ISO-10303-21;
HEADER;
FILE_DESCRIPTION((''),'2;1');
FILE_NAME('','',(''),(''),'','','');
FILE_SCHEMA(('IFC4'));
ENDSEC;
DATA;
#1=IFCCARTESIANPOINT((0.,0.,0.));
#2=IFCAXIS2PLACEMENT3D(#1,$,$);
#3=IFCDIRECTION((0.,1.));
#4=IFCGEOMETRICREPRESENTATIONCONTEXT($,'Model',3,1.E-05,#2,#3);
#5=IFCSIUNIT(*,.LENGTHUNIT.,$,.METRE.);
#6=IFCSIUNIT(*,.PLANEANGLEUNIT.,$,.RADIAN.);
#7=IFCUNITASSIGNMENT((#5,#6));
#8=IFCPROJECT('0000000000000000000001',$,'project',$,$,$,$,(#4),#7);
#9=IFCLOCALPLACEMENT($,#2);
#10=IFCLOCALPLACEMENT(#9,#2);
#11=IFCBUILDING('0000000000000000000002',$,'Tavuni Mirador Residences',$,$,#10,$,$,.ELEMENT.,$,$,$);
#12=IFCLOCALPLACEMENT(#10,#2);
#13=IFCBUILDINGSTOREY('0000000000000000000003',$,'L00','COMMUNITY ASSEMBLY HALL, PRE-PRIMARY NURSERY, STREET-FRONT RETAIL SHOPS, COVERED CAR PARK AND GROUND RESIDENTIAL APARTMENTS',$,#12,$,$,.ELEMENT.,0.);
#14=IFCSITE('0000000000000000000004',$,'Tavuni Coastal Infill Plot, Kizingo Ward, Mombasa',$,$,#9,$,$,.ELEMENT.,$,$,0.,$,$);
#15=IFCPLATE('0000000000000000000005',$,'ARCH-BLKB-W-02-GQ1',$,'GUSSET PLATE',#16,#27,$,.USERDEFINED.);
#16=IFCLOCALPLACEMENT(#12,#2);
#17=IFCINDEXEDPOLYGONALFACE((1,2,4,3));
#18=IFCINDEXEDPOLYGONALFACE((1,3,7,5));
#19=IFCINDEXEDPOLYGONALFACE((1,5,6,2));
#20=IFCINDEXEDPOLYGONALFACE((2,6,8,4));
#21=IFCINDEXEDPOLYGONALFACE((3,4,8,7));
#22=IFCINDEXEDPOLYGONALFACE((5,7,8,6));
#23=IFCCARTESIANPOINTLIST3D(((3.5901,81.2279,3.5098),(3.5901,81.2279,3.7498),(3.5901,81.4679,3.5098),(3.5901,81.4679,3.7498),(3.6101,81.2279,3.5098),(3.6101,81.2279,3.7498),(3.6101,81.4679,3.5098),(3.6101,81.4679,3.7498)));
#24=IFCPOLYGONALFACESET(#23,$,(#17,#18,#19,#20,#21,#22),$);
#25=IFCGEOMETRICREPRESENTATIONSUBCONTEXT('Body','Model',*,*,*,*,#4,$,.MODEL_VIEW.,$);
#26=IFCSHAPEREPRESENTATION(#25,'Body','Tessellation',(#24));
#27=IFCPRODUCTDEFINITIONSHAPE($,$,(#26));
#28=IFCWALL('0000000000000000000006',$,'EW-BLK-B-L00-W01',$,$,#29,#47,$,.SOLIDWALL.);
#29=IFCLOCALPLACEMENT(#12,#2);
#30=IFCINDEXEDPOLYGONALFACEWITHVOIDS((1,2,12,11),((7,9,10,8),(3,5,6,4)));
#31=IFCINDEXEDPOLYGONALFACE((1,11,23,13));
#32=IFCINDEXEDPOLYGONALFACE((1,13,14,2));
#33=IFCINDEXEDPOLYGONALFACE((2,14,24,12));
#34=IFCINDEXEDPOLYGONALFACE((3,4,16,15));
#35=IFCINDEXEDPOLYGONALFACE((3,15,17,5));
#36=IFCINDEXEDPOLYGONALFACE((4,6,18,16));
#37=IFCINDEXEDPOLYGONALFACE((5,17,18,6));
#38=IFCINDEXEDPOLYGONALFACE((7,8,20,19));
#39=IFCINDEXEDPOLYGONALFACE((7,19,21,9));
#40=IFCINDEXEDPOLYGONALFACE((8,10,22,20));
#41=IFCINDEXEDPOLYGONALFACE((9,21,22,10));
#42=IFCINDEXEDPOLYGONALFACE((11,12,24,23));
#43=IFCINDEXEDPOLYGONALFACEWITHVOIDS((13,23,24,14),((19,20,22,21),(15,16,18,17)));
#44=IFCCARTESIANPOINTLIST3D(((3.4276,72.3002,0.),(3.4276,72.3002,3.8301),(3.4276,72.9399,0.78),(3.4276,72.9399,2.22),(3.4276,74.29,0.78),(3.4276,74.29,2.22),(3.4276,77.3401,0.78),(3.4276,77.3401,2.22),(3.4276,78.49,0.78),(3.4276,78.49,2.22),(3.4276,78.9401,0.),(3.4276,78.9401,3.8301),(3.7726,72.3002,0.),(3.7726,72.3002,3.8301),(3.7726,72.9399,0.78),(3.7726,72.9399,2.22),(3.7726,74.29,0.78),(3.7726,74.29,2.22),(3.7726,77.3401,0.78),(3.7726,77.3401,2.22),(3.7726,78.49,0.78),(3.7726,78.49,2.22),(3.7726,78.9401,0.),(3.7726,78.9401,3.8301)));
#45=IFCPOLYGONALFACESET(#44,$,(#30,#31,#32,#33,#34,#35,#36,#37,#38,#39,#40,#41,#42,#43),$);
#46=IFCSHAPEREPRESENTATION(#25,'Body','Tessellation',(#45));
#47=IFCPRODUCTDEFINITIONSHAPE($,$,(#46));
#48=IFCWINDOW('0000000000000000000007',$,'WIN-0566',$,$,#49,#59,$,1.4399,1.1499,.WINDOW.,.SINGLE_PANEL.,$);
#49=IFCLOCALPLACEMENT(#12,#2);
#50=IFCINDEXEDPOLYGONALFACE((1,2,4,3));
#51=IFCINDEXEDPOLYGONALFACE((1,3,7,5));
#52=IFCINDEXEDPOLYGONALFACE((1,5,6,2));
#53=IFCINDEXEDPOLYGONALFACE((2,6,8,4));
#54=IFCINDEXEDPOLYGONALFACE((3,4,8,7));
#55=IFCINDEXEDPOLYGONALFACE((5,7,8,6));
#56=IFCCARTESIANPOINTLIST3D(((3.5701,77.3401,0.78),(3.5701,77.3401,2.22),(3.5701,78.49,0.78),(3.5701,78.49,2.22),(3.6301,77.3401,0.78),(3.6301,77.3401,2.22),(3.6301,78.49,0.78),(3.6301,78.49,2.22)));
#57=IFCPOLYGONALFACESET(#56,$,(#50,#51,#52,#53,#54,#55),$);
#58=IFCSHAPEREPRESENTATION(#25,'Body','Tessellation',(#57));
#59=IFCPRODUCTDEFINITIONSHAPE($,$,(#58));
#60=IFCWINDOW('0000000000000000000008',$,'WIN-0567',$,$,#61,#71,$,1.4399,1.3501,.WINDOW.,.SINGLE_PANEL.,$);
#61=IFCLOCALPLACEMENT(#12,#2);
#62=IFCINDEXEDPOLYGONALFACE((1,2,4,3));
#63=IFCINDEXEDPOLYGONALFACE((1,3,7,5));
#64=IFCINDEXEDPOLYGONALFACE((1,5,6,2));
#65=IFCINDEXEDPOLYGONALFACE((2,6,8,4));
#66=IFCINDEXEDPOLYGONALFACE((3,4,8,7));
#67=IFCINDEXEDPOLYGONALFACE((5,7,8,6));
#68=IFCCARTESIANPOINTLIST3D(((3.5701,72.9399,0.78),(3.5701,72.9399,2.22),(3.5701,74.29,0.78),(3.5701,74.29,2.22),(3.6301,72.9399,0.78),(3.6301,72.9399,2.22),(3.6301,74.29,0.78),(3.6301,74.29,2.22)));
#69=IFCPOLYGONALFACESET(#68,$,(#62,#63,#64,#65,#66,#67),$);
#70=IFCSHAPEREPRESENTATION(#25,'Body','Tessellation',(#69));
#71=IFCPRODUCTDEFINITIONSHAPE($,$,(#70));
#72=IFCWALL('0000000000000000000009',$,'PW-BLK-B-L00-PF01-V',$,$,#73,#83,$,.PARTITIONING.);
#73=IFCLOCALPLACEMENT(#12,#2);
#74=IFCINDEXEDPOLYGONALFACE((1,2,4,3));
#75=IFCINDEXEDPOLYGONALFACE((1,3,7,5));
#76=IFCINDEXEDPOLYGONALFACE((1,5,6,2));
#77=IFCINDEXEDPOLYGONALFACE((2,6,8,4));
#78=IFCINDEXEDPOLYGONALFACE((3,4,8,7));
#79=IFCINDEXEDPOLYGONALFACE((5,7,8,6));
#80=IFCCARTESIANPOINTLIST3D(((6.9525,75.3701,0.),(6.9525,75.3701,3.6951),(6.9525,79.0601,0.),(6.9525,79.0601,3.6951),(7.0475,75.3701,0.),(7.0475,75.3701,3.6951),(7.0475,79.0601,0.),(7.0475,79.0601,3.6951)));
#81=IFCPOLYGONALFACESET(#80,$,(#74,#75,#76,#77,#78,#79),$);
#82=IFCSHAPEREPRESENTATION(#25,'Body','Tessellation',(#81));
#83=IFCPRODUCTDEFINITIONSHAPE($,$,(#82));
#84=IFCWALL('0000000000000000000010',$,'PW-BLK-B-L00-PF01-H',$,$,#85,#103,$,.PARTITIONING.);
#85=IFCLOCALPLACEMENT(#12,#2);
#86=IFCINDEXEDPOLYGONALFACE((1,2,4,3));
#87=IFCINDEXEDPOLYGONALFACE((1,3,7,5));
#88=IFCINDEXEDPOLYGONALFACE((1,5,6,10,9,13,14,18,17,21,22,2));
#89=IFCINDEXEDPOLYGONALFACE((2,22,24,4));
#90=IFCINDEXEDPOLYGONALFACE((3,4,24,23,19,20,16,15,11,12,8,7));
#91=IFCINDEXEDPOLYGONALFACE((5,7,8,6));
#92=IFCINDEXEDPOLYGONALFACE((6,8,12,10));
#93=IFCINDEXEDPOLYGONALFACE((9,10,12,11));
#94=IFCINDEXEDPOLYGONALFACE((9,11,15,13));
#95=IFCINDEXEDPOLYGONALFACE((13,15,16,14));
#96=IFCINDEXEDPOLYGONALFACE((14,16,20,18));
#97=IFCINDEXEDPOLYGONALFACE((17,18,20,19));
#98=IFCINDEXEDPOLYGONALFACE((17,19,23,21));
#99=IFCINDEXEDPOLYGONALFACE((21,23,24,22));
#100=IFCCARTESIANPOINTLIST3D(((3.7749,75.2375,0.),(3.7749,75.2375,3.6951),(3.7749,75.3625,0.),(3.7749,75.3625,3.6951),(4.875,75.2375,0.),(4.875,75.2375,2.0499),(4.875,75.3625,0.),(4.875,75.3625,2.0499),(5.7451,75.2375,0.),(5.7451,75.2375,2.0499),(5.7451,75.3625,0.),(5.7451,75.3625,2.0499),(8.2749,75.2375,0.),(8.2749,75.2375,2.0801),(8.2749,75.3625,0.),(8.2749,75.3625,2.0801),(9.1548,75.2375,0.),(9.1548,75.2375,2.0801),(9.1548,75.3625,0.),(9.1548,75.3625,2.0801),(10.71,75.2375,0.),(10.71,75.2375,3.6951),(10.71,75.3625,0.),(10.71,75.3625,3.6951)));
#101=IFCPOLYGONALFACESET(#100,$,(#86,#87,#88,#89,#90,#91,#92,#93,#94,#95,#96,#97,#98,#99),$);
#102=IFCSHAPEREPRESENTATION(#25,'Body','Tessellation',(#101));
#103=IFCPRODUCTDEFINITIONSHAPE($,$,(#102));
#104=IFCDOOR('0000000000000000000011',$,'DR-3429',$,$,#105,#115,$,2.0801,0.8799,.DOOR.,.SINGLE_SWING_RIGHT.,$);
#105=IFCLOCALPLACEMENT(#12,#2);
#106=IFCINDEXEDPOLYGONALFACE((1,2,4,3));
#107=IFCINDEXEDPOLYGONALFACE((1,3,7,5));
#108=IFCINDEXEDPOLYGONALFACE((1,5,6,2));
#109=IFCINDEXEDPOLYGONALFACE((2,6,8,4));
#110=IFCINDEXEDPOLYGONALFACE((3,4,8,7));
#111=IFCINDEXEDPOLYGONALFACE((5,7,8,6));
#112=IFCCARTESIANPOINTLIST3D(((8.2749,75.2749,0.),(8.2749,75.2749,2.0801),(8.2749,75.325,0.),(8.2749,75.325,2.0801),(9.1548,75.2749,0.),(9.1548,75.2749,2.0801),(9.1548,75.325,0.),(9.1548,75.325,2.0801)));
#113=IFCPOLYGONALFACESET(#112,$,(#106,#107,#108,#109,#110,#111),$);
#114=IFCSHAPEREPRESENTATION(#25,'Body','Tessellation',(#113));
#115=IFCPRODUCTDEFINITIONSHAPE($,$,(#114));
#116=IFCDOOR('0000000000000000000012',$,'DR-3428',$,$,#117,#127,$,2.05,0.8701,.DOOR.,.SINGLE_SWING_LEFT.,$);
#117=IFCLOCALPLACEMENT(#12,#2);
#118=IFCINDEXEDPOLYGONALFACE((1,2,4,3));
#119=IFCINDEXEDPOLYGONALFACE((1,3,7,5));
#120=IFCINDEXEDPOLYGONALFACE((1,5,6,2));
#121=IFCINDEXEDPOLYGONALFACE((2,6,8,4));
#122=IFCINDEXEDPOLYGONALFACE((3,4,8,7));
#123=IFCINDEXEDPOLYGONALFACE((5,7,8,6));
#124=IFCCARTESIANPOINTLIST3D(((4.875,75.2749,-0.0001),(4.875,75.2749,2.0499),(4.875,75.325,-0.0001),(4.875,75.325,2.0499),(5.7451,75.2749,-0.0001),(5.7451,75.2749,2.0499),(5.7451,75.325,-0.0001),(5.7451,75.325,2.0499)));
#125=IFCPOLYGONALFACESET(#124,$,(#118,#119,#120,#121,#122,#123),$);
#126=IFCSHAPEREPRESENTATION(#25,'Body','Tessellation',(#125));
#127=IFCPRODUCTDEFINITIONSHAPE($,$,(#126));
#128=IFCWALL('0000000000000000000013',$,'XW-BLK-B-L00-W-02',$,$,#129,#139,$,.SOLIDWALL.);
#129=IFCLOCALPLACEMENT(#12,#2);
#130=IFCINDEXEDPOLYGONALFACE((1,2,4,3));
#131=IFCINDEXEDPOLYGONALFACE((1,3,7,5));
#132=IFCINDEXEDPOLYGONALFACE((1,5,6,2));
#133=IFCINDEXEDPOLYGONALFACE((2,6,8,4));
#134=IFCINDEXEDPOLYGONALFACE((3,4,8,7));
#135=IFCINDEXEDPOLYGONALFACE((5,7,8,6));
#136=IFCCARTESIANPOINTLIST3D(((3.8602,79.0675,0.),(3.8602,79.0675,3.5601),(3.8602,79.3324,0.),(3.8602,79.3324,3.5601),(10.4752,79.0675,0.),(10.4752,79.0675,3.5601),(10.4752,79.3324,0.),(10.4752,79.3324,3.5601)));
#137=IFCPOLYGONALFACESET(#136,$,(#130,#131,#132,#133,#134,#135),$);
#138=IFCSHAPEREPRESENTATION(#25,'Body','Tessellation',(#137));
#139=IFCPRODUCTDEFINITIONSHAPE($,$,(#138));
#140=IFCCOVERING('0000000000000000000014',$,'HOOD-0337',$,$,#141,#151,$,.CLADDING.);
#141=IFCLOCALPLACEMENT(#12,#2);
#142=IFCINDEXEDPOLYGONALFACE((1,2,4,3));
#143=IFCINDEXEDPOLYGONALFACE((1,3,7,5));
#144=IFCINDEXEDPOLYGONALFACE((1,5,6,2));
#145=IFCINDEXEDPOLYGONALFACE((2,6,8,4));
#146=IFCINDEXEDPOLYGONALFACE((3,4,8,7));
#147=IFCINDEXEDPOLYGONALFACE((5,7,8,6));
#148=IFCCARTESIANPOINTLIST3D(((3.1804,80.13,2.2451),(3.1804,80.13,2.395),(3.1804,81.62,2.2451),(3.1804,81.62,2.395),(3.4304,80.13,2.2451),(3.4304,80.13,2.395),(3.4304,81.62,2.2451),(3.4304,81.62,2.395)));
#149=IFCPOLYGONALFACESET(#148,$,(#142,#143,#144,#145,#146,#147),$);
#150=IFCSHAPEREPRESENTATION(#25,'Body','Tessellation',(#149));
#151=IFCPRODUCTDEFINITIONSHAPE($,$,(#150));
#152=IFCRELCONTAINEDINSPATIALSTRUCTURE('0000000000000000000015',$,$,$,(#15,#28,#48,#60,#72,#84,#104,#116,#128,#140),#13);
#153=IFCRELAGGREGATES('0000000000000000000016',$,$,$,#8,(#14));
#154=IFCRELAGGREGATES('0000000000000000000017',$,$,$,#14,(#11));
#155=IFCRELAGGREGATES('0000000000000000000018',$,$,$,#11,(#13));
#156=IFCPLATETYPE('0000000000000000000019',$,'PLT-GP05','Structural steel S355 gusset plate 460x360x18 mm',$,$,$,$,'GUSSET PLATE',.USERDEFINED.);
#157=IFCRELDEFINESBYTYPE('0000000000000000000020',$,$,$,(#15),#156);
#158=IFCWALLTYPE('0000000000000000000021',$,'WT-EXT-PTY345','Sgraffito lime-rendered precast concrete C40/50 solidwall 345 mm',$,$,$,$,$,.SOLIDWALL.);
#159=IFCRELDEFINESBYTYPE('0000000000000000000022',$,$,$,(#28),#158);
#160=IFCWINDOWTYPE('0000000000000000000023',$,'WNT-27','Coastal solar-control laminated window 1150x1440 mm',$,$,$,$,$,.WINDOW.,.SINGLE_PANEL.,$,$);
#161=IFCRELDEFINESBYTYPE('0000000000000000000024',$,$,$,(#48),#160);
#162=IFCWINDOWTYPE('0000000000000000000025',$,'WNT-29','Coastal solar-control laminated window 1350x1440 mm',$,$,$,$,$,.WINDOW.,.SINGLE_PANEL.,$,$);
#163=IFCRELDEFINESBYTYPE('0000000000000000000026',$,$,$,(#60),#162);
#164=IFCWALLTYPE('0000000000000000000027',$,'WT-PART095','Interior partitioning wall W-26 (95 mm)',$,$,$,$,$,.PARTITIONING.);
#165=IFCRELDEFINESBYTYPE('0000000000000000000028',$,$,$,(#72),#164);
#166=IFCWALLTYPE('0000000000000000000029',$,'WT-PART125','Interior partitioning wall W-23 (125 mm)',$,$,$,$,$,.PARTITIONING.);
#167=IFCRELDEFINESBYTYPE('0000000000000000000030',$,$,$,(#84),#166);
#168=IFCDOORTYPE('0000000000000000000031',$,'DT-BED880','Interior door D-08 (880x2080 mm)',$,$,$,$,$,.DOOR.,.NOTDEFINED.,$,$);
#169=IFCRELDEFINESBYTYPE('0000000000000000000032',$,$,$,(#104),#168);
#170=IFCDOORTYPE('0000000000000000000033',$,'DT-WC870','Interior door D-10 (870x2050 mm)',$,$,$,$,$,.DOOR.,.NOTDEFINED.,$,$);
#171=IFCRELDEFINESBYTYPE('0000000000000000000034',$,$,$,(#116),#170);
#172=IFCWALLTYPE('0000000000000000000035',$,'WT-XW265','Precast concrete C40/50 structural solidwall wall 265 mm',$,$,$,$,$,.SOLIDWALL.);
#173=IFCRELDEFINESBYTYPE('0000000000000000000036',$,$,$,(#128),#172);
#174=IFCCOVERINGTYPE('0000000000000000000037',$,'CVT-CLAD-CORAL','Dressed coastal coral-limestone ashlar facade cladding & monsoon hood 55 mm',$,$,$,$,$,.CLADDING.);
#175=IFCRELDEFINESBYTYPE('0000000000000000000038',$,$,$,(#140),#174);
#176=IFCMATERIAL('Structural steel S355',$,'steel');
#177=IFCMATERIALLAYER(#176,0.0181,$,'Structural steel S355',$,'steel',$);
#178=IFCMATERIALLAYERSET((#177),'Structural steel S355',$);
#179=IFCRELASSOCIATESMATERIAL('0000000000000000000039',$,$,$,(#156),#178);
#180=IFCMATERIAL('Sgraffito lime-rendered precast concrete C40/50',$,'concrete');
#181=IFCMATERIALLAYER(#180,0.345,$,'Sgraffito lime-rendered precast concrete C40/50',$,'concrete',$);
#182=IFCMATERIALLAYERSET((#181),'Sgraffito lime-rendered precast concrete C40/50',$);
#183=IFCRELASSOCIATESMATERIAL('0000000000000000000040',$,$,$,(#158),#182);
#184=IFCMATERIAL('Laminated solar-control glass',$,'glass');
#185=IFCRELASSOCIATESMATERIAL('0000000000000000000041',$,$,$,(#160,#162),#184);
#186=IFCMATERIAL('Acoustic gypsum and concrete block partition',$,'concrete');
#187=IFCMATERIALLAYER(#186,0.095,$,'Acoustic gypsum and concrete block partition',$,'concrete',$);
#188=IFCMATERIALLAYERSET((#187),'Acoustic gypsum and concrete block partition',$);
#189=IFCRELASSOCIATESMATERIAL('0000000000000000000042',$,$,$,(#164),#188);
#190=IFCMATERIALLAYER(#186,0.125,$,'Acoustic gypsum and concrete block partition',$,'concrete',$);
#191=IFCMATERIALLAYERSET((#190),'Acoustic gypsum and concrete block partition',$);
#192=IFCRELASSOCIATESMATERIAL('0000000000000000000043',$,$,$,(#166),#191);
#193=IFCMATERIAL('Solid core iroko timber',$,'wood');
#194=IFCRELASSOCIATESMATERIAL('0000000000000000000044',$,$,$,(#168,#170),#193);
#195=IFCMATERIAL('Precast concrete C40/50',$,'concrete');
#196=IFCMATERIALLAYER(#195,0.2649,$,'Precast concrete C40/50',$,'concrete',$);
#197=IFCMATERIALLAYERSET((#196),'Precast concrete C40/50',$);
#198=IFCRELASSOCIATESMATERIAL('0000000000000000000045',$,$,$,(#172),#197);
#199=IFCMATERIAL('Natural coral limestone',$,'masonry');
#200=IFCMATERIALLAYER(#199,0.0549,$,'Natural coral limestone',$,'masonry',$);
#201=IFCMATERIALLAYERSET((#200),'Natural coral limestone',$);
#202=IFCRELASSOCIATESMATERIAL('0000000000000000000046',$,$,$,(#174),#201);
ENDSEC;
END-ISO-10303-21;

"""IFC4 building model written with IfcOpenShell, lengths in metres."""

from ifc_helpers import new_model, si_unit, direction, frame, frame_2d, origin, origin_2d, place, context, subcontext, project, spatial, rectangle, extrude, material, layer, layer_set, type_object, element, fill, save


model = new_model("IFC4")

# Units and contexts
model_context = context("Model", 3, precision=1e-05, world=origin(), true_north=direction((0.0, 1.0)))
body_context = subcontext(model_context, "Body", "Model", "MODEL_VIEW")
ifc_project = project(units=[si_unit("LENGTHUNIT", "METRE"), si_unit("PLANEANGLEUNIT", "RADIAN")], contexts=[model_context])

# Site, building, storey
site_placement = place(None, origin())
site = spatial("IfcSite", under=ifc_project, at=site_placement, Name="Tavuni Coastal Infill Plot, Kizingo Ward, Mombasa", CompositionType="ELEMENT", RefElevation=0.0)
building_placement = place(site_placement, origin())
building = spatial("IfcBuilding", under=site, at=building_placement, Name="Tavuni Mirador Residences", CompositionType="ELEMENT")
storey_placement = place(building_placement, origin())
storey = spatial("IfcBuildingStorey", under=building, at=storey_placement, Name="L00", Description="COMMUNITY ASSEMBLY HALL, PRE-PRIMARY NURSERY, STREET-FRONT RETAIL SHOPS, COVERED CAR PARK AND GROUND RESIDENTIAL APARTMENTS", CompositionType="ELEMENT", Elevation=0.0)

# Shared definitions
ifc_material_1 = material(Name="Precast concrete C40/50", Category="concrete")

# Shared definitions
ifc_material_2 = material(Name="Structural steel S355", Category="steel")

# Plate
ifc_layer_1 = layer(ifc_material_2, 0.0181, Name="Structural steel S355", Category="steel")
ifc_layer_set_1 = layer_set([ifc_layer_1], Name="Structural steel S355")
plate_type = type_object("IfcPlateType", Name="PLT-GP05", Description="Structural steel S355 gusset plate 460x360x18 mm", ElementType="GUSSET PLATE", PredefinedType="USERDEFINED", material=ifc_layer_set_1)
for number, where, z_axis, x_axis, name in (
    (1, (3.6001, 81.3479, 3.5098), (0.0, 0.0, 1.0), (1.0, 0.0, 0.0), "ARCH-BLKB-W-02-GQ1"),
):
    element("IfcPlate", number, at=place(storey_placement, frame(where, z_axis=z_axis, x_axis=x_axis)), inside=storey, type_object=plate_type, Name=name, ObjectType="GUSSET PLATE", PredefinedType="USERDEFINED", context=body_context, shape_type="SweptSolid", body=[
        extrude(rectangle(XDim=0.02, YDim=0.24, at=origin_2d()), origin(), (0.0, 0.0, 1.0), 0.24),
    ])

# Wall, openings, windows
ifc_material_3 = material(Name="Sgraffito lime-rendered precast concrete C40/50", Category="concrete")
ifc_layer_2 = layer(ifc_material_3, 0.345, Name="Sgraffito lime-rendered precast concrete C40/50", Category="concrete")
ifc_layer_set_2 = layer_set([ifc_layer_2], Name="Sgraffito lime-rendered precast concrete C40/50")
wall_type_1 = type_object("IfcWallType", Name="WT-EXT-PTY345", Description="Sgraffito lime-rendered precast concrete C40/50 solidwall 345 mm", PredefinedType="SOLIDWALL", material=ifc_layer_set_2)
wall_1_placement = place(storey_placement, frame((3.6001, 78.9399, 0.0), z_axis=(0.0, 0.0, 1.0), x_axis=(0.0, -1.0, 0.0)))
wall_1 = element("IfcWall", 2, at=wall_1_placement, inside=storey, type_object=wall_type_1, Name="EW-BLK-B-L00-W01", PredefinedType="SOLIDWALL", context=body_context, shape_type="SweptSolid", body=[
    extrude(rectangle(XDim=6.6399, YDim=0.345, at=frame_2d((3.3198, 0.0))), origin(), (0.0, 0.0, 1.0), 3.8301),
])
opening_1_placement = place(wall_1_placement, frame((0.45, 0.0, 0.78)))
opening_1 = element("IfcOpeningElement", 3, at=opening_1_placement, cuts=wall_1, PredefinedType="OPENING", context=body_context, shape_type="SweptSolid", body=[
    extrude(rectangle(XDim=1.1499, YDim=1.4399, at=frame_2d((0.575, 0.72))), frame((0.0, 0.1826, 0.0), z_axis=(0.0, -1.0, 0.0), x_axis=(1.0, 0.0, 0.0)), (0.0, 0.0, 1.0), 0.365),
])
opening_2_placement = place(wall_1_placement, frame((4.6499, 0.0, 0.78)))
opening_2 = element("IfcOpeningElement", 4, at=opening_2_placement, cuts=wall_1, PredefinedType="OPENING", context=body_context, shape_type="SweptSolid", body=[
    extrude(rectangle(XDim=1.3501, YDim=1.4399, at=frame_2d((0.675, 0.72))), frame((0.0, 0.1826, 0.0), z_axis=(0.0, -1.0, 0.0), x_axis=(1.0, 0.0, 0.0)), (0.0, 0.0, 1.0), 0.365),
])
ifc_material_4 = material(Name="Laminated solar-control glass", Category="glass")
window_type_1 = type_object("IfcWindowType", Name="WNT-27", Description="Coastal solar-control laminated window 1150x1440 mm", PartitioningType="SINGLE_PANEL", PredefinedType="WINDOW", material=ifc_material_4)
window_1_placement = place(opening_1_placement, origin())
window_1 = element("IfcWindow", 5, at=window_1_placement, inside=storey, type_object=window_type_1, Name="WIN-0566", OverallHeight=1.4399, OverallWidth=1.1499, PartitioningType="SINGLE_PANEL", PredefinedType="WINDOW", context=body_context, shape_type="SweptSolid", body=[
    extrude(rectangle(XDim=1.1499, YDim=1.4399, at=frame_2d((0.575, 0.72))), frame((0.0, 0.03, 0.0), z_axis=(0.0, -1.0, 0.0), x_axis=(1.0, 0.0, 0.0)), (0.0, 0.0, 1.0), 0.0601),
])
fill(opening_1, window_1)
window_type_2 = type_object("IfcWindowType", Name="WNT-29", Description="Coastal solar-control laminated window 1350x1440 mm", PartitioningType="SINGLE_PANEL", PredefinedType="WINDOW", material=ifc_material_4)
window_2_placement = place(opening_2_placement, origin())
window_2 = element("IfcWindow", 6, at=window_2_placement, inside=storey, type_object=window_type_2, Name="WIN-0567", OverallHeight=1.4399, OverallWidth=1.3501, PartitioningType="SINGLE_PANEL", PredefinedType="WINDOW", context=body_context, shape_type="SweptSolid", body=[
    extrude(rectangle(XDim=1.3501, YDim=1.4399, at=frame_2d((0.675, 0.72))), frame((0.0, 0.03, 0.0), z_axis=(0.0, -1.0, 0.0), x_axis=(1.0, 0.0, 0.0)), (0.0, 0.0, 1.0), 0.0601),
])
fill(opening_2, window_2)

# Wall
ifc_material_5 = material(Name="Acoustic gypsum and concrete block partition", Category="concrete")
ifc_layer_3 = layer(ifc_material_5, 0.095, Name="Acoustic gypsum and concrete block partition", Category="concrete")
ifc_layer_set_3 = layer_set([ifc_layer_3], Name="Acoustic gypsum and concrete block partition")
wall_type_2 = type_object("IfcWallType", Name="WT-PART095", Description="Interior partitioning wall W-26 (95 mm)", PredefinedType="PARTITIONING", material=ifc_layer_set_3)
wall_2_placement = place(storey_placement, frame((7.0, 75.3701, 0.0), z_axis=(0.0, 0.0, 1.0), x_axis=(0.0, 1.0, 0.0)))
element("IfcWall", 7, at=wall_2_placement, inside=storey, type_object=wall_type_2, Name="PW-BLK-B-L00-PF01-V", PredefinedType="PARTITIONING", context=body_context, shape_type="SweptSolid", body=[
    extrude(rectangle(XDim=3.6899, YDim=0.095, at=frame_2d((1.845, 0.0))), origin(), (0.0, 0.0, 1.0), 3.6951),
])

# Wall, openings, doors
ifc_layer_4 = layer(ifc_material_5, 0.125, Name="Acoustic gypsum and concrete block partition", Category="concrete")
ifc_layer_set_4 = layer_set([ifc_layer_4], Name="Acoustic gypsum and concrete block partition")
wall_type_3 = type_object("IfcWallType", Name="WT-PART125", Description="Interior partitioning wall W-23 (125 mm)", PredefinedType="PARTITIONING", material=ifc_layer_set_4)
wall_3_placement = place(storey_placement, frame((3.7749, 75.3, 0.0), z_axis=(0.0, 0.0, 1.0), x_axis=(1.0, 0.0, 0.0)))
wall_3 = element("IfcWall", 8, at=wall_3_placement, inside=storey, type_object=wall_type_3, Name="PW-BLK-B-L00-PF01-H", PredefinedType="PARTITIONING", context=body_context, shape_type="SweptSolid", body=[
    extrude(rectangle(XDim=6.9351, YDim=0.125, at=frame_2d((3.4675, 0.0))), origin(), (0.0, 0.0, 1.0), 3.6951),
])
opening_3_placement = place(wall_3_placement, frame((1.1001, 0.0, 0.0)))
opening_3 = element("IfcOpeningElement", 9, at=opening_3_placement, cuts=wall_3, PredefinedType="OPENING", context=body_context, shape_type="SweptSolid", body=[
    extrude(rectangle(XDim=0.8701, YDim=2.05, at=frame_2d((0.4351, 1.0249))), frame((0.0, 0.0725, 0.0), z_axis=(0.0, -1.0, 0.0), x_axis=(1.0, 0.0, 0.0)), (0.0, 0.0, 1.0), 0.145),
])
opening_4_placement = place(wall_3_placement, frame((4.5, 0.0, 0.0)))
opening_4 = element("IfcOpeningElement", 10, at=opening_4_placement, cuts=wall_3, PredefinedType="OPENING", context=body_context, shape_type="SweptSolid", body=[
    extrude(rectangle(XDim=0.8799, YDim=2.0801, at=frame_2d((0.4399, 1.04))), frame((0.0, 0.0725, 0.0), z_axis=(0.0, -1.0, 0.0), x_axis=(1.0, 0.0, 0.0)), (0.0, 0.0, 1.0), 0.145),
])
ifc_material_6 = material(Name="Solid core iroko timber", Category="wood")
door_type_1 = type_object("IfcDoorType", Name="DT-BED880", Description="Interior door D-08 (880x2080 mm)", OperationType="NOTDEFINED", PredefinedType="DOOR", material=ifc_material_6)
door_1_placement = place(opening_4_placement, origin())
door_1 = element("IfcDoor", 11, at=door_1_placement, inside=storey, type_object=door_type_1, Name="DR-3429", OperationType="SINGLE_SWING_RIGHT", OverallHeight=2.0801, OverallWidth=0.8799, PredefinedType="DOOR", context=body_context, shape_type="SweptSolid", body=[
    extrude(rectangle(XDim=0.8799, YDim=2.0801, at=frame_2d((0.4399, 1.04))), frame((0.0, 0.0249, 0.0), z_axis=(0.0, -1.0, 0.0), x_axis=(1.0, 0.0, 0.0)), (0.0, 0.0, 1.0), 0.05),
])
fill(opening_4, door_1)
door_type_2 = type_object("IfcDoorType", Name="DT-WC870", Description="Interior door D-10 (870x2050 mm)", OperationType="NOTDEFINED", PredefinedType="DOOR", material=ifc_material_6)
door_2_placement = place(opening_3_placement, origin())
door_2 = element("IfcDoor", 12, at=door_2_placement, inside=storey, type_object=door_type_2, Name="DR-3428", OperationType="SINGLE_SWING_LEFT", OverallHeight=2.05, OverallWidth=0.8701, PredefinedType="DOOR", context=body_context, shape_type="SweptSolid", body=[
    extrude(rectangle(XDim=0.8701, YDim=2.05, at=frame_2d((0.4351, 1.0249))), frame((0.0, 0.0249, 0.0), z_axis=(0.0, -1.0, 0.0), x_axis=(1.0, 0.0, 0.0)), (0.0, 0.0, 1.0), 0.05),
])
fill(opening_3, door_2)

# Wall
ifc_layer_5 = layer(ifc_material_1, 0.2649, Name="Precast concrete C40/50", Category="concrete")
ifc_layer_set_5 = layer_set([ifc_layer_5], Name="Precast concrete C40/50")
wall_type_4 = type_object("IfcWallType", Name="WT-XW265", Description="Precast concrete C40/50 structural solidwall wall 265 mm", PredefinedType="SOLIDWALL", material=ifc_layer_set_5)
wall_4_placement = place(storey_placement, frame((3.8601, 79.2, 0.0), z_axis=(0.0, 0.0, 1.0), x_axis=(1.0, 0.0, 0.0)))
element("IfcWall", 13, at=wall_4_placement, inside=storey, type_object=wall_type_4, Name="XW-BLK-B-L00-W-02", PredefinedType="SOLIDWALL", context=body_context, shape_type="SweptSolid", body=[
    extrude(rectangle(XDim=6.615, YDim=0.2649, at=frame_2d((3.3076, 0.0))), origin(), (0.0, 0.0, 1.0), 3.5601),
])

# Covering
ifc_material_7 = material(Name="Natural coral limestone", Category="masonry")
ifc_layer_6 = layer(ifc_material_7, 0.0549, Name="Natural coral limestone", Category="masonry")
ifc_layer_set_6 = layer_set([ifc_layer_6], Name="Natural coral limestone")
covering_type = type_object("IfcCoveringType", Name="CVT-CLAD-CORAL", Description="Dressed coastal coral-limestone ashlar facade cladding & monsoon hood 55 mm", PredefinedType="CLADDING", material=ifc_layer_set_6)
for number, where, z_axis, x_axis, name in (
    (14, (3.3054, 80.875, 2.2451), (0.0, 0.0, 1.0), (0.0, -1.0, 0.0), "HOOD-0337"),
):
    element("IfcCovering", number, at=place(storey_placement, frame(where, z_axis=z_axis, x_axis=x_axis)), inside=storey, type_object=covering_type, Name=name, PredefinedType="CLADDING", context=body_context, shape_type="SweptSolid", body=[
        extrude(rectangle(XDim=1.49, YDim=0.25, at=origin_2d()), origin(), (0.0, 0.0, 1.0), 0.1499),
    ])

save(model, "model.ifc")
